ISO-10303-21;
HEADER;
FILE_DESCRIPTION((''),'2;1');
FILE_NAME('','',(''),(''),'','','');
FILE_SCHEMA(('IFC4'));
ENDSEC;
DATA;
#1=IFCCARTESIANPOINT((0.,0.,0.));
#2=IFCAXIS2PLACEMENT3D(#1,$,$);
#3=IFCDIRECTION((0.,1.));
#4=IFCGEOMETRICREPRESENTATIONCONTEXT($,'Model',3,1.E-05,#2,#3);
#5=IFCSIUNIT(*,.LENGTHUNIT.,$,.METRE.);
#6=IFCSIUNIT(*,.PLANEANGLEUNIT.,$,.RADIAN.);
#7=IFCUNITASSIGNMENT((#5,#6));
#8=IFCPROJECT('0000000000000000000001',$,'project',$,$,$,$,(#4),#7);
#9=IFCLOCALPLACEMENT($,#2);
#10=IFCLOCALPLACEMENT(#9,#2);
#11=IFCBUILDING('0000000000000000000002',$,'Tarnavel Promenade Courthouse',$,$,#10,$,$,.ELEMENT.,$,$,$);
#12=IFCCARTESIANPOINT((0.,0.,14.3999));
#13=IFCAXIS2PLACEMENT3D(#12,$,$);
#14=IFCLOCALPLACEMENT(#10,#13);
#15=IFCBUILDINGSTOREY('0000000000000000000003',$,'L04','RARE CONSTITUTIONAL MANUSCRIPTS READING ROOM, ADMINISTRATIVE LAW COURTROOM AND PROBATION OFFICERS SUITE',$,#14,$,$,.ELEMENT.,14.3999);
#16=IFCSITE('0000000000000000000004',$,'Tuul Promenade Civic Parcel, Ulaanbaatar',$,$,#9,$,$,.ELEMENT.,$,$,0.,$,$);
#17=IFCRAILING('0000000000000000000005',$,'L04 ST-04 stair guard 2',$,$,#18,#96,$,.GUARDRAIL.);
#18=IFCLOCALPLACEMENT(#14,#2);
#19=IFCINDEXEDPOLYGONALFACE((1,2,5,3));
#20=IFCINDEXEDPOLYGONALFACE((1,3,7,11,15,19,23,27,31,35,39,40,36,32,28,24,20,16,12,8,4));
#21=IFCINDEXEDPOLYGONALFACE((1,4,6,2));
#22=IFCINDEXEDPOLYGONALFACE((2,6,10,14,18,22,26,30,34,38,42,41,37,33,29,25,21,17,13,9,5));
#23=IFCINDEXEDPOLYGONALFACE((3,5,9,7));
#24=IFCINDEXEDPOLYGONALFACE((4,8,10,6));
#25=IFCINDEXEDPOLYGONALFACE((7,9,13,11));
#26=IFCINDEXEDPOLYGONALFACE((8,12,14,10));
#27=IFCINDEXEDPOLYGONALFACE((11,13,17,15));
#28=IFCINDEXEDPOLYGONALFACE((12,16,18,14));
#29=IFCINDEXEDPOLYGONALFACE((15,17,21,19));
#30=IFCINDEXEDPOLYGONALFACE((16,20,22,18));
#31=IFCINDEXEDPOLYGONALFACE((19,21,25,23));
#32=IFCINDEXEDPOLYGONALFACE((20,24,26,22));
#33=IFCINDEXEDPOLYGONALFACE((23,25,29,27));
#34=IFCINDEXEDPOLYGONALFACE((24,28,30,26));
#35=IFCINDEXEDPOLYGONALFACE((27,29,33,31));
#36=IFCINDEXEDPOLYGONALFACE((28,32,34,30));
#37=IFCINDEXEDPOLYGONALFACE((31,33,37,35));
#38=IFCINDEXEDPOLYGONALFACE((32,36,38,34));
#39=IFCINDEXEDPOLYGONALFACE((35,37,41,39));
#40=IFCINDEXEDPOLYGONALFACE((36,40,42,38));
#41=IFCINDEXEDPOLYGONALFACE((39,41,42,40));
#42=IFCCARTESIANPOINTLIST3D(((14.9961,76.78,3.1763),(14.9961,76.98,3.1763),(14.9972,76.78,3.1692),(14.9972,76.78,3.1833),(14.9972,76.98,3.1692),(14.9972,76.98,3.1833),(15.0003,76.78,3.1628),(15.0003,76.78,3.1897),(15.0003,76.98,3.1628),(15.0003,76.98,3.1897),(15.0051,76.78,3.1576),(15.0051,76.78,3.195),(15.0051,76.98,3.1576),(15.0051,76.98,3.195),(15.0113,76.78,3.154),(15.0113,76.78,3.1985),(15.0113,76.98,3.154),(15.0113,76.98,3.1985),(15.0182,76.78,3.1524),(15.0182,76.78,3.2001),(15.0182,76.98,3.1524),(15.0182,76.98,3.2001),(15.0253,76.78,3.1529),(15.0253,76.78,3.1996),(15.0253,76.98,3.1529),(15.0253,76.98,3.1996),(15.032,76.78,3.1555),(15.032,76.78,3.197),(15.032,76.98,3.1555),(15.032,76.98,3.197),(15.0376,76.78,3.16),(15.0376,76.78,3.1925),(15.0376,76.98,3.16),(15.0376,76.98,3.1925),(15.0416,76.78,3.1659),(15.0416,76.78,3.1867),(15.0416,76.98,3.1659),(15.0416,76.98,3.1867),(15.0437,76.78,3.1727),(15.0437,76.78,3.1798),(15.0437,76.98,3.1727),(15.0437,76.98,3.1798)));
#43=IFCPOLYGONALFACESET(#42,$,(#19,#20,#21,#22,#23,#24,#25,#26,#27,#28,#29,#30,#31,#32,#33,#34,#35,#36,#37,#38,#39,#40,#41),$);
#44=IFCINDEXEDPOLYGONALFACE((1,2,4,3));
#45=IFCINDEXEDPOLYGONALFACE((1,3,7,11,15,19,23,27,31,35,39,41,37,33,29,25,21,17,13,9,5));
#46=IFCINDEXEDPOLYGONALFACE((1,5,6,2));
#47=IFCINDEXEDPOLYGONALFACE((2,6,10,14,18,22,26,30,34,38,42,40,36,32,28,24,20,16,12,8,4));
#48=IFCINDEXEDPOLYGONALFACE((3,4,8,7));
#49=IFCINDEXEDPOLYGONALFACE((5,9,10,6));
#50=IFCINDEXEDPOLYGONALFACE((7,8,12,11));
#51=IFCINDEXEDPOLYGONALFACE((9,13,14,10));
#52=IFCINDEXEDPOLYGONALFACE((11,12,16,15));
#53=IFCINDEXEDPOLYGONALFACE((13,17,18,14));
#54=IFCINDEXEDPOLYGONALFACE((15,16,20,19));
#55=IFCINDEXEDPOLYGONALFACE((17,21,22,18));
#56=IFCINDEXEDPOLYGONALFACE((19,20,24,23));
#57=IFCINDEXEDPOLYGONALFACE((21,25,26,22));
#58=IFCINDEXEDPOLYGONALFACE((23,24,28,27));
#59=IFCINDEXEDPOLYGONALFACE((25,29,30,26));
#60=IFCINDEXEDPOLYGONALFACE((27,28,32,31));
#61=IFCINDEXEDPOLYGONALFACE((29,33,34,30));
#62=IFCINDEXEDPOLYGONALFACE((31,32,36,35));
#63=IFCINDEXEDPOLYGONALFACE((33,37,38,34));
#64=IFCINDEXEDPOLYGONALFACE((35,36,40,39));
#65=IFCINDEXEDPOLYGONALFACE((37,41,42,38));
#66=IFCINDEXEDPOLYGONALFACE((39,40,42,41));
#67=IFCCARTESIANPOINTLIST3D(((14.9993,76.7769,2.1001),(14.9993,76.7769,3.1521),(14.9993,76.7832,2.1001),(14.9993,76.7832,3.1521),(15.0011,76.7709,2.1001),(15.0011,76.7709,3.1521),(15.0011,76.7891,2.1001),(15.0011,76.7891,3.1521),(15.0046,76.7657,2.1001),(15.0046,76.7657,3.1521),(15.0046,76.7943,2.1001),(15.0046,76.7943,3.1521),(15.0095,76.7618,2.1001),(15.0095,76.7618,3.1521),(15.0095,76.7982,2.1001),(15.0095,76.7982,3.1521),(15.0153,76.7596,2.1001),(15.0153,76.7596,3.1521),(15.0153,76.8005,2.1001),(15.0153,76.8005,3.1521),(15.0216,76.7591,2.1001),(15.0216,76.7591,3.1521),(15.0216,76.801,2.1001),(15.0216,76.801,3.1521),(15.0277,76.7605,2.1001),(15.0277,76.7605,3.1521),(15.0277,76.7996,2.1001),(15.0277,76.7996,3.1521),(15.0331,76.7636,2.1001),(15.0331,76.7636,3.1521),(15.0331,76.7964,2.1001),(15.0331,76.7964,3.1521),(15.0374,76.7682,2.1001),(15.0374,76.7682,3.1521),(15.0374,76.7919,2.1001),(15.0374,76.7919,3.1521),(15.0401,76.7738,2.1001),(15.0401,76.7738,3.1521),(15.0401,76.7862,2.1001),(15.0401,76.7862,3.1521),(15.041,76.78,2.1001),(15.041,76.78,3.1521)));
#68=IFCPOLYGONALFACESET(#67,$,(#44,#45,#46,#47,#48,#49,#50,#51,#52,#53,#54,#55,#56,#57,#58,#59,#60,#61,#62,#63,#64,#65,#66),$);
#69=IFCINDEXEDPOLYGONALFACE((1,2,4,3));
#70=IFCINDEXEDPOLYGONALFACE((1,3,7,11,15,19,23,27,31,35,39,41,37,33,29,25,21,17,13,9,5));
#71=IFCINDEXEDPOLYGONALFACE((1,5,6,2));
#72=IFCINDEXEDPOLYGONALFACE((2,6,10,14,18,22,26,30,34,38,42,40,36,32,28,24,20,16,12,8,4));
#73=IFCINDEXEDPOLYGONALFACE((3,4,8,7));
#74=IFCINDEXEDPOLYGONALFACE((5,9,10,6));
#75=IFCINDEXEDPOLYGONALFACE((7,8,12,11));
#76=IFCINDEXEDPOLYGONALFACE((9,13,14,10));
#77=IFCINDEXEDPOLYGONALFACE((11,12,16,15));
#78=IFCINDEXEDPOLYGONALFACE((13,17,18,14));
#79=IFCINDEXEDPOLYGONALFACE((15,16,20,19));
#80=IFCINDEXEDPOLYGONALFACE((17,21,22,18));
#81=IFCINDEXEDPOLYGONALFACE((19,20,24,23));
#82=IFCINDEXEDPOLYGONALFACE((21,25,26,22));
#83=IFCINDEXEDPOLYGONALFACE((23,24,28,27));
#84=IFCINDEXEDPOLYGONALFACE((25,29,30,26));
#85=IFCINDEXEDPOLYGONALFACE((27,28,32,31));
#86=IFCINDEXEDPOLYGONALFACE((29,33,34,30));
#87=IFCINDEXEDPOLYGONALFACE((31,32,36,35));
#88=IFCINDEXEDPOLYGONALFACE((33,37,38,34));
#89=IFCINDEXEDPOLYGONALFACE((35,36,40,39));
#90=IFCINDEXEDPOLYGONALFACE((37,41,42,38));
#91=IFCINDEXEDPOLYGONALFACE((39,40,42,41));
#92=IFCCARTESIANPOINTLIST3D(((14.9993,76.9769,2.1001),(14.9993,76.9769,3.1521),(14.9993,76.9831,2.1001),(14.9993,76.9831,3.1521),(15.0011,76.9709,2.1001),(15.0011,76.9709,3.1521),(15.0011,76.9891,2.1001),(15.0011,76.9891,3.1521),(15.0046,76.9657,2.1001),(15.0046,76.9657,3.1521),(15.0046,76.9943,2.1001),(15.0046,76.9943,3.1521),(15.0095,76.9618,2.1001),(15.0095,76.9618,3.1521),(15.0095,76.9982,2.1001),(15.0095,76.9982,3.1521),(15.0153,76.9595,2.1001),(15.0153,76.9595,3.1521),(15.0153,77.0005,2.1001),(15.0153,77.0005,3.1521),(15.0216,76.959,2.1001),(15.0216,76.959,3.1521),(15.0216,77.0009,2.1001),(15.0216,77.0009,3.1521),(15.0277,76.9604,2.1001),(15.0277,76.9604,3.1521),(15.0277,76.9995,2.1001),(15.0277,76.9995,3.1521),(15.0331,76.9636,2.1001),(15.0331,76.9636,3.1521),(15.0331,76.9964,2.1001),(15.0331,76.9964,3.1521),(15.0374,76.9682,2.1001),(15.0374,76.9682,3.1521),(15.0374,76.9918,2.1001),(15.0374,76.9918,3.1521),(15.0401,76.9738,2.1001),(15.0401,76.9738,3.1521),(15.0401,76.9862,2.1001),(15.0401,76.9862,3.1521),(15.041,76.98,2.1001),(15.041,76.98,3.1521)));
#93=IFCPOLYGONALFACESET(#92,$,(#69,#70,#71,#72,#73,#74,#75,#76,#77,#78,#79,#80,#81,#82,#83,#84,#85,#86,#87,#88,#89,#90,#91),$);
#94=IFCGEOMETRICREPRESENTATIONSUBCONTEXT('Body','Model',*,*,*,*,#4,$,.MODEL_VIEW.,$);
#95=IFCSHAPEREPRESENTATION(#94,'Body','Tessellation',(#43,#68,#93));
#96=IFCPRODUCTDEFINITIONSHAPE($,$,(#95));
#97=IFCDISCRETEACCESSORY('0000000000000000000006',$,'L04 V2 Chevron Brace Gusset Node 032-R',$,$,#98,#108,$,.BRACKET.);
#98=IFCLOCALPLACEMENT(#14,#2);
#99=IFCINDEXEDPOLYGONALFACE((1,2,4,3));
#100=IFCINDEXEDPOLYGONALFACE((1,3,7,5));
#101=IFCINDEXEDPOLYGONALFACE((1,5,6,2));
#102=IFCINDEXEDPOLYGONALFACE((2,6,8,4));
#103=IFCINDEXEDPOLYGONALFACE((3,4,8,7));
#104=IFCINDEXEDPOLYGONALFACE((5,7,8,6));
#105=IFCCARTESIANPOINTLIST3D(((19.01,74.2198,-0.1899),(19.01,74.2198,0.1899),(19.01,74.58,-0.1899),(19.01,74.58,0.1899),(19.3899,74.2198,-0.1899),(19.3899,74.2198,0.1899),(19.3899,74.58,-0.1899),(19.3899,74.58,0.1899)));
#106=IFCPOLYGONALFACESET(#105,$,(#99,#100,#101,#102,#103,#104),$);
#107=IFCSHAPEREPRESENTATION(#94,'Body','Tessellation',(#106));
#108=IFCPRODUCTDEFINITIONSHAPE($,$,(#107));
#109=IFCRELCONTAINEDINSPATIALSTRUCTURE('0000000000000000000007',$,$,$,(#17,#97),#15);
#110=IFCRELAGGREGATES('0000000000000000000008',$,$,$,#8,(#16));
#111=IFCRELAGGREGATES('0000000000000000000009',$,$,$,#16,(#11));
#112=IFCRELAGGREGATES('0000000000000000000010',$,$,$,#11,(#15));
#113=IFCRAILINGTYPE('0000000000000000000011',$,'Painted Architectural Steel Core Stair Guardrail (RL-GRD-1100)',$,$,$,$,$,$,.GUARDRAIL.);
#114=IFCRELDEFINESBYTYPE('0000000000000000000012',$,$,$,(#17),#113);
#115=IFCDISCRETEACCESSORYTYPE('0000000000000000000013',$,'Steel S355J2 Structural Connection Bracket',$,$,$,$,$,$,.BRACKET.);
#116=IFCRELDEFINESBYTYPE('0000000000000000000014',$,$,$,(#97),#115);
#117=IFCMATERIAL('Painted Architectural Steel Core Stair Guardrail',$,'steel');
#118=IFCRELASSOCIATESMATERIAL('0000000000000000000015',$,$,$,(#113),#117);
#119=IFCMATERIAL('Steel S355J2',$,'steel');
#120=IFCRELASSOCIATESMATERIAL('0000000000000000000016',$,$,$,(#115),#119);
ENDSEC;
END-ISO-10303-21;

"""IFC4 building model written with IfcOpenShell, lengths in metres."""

from ifc_helpers import new_model, si_unit, direction, frame, origin, origin_2d, place, context, subcontext, project, spatial, rectangle, circle, extrude, material, type_object, element, save


model = new_model("IFC4")

# Units and contexts
model_context = context("Model", 3, precision=1e-05, world=origin(), true_north=direction((0.0, 1.0)))
body_context = subcontext(model_context, "Body", "Model", "MODEL_VIEW")
ifc_project = project(units=[si_unit("LENGTHUNIT", "METRE"), si_unit("PLANEANGLEUNIT", "RADIAN")], contexts=[model_context])

# Site, building, storey
site_placement = place(None, origin())
site = spatial("IfcSite", under=ifc_project, at=site_placement, Name="Tuul Promenade Civic Parcel, Ulaanbaatar", CompositionType="ELEMENT", RefElevation=0.0)
building_placement = place(site_placement, origin())
building = spatial("IfcBuilding", under=site, at=building_placement, Name="Tarnavel Promenade Courthouse", CompositionType="ELEMENT")
storey_placement = place(building_placement, frame((0.0, 0.0, 14.3999)))
storey = spatial("IfcBuildingStorey", under=building, at=storey_placement, Name="L04", Description="RARE CONSTITUTIONAL MANUSCRIPTS READING ROOM, ADMINISTRATIVE LAW COURTROOM AND PROBATION OFFICERS SUITE", CompositionType="ELEMENT", Elevation=14.3999)

# Shared definitions
ifc_material_1 = material(Name="Steel S355J2", Category="steel")

# Railing
ifc_material_2 = material(Name="Painted Architectural Steel Core Stair Guardrail", Category="steel")
railing_type = type_object("IfcRailingType", Name="Painted Architectural Steel Core Stair Guardrail (RL-GRD-1100)", PredefinedType="GUARDRAIL", material=ifc_material_2)
railing_placement = place(storey_placement, frame((15.02, 76.78, 2.1001)))
element("IfcRailing", 1, at=railing_placement, inside=storey, type_object=railing_type, Name="L04 ST-04 stair guard 2", PredefinedType="GUARDRAIL", context=body_context, shape_type="SweptSolid", body=[
    extrude(circle(Radius=0.0239, at=origin_2d()), frame((0.0, 0.0, 1.0762), z_axis=(0.0, 1.0, 0.0), x_axis=(-1.0, 0.0, 0.0)), (0.0, 0.0, 1.0), 0.2),
    extrude(circle(Radius=0.021, at=origin_2d()), origin(), (0.0, 0.0, 1.0), 1.052),
    extrude(circle(Radius=0.021, at=origin_2d()), frame((0.0, 0.2, 0.0)), (0.0, 0.0, 1.0), 1.052),
])

# Discrete accessory
discrete_accessory_type = type_object("IfcDiscreteAccessoryType", Name="Steel S355J2 Structural Connection Bracket", PredefinedType="BRACKET", material=ifc_material_1)
discrete_accessory_placement = place(storey_placement, frame((19.2, 74.3999, -0.1899), z_axis=(0.0, 0.0, 1.0), x_axis=(1.0, 0.0, 0.0)))
element("IfcDiscreteAccessory", 2, at=discrete_accessory_placement, inside=storey, type_object=discrete_accessory_type, Name="L04 V2 Chevron Brace Gusset Node 032-R", PredefinedType="BRACKET", context=body_context, shape_type="SweptSolid", body=[
    extrude(rectangle(XDim=0.3799, YDim=0.3601, at=origin_2d()), origin(), (0.0, 0.0, 1.0), 0.3799),
])

save(model, "model.ifc")
